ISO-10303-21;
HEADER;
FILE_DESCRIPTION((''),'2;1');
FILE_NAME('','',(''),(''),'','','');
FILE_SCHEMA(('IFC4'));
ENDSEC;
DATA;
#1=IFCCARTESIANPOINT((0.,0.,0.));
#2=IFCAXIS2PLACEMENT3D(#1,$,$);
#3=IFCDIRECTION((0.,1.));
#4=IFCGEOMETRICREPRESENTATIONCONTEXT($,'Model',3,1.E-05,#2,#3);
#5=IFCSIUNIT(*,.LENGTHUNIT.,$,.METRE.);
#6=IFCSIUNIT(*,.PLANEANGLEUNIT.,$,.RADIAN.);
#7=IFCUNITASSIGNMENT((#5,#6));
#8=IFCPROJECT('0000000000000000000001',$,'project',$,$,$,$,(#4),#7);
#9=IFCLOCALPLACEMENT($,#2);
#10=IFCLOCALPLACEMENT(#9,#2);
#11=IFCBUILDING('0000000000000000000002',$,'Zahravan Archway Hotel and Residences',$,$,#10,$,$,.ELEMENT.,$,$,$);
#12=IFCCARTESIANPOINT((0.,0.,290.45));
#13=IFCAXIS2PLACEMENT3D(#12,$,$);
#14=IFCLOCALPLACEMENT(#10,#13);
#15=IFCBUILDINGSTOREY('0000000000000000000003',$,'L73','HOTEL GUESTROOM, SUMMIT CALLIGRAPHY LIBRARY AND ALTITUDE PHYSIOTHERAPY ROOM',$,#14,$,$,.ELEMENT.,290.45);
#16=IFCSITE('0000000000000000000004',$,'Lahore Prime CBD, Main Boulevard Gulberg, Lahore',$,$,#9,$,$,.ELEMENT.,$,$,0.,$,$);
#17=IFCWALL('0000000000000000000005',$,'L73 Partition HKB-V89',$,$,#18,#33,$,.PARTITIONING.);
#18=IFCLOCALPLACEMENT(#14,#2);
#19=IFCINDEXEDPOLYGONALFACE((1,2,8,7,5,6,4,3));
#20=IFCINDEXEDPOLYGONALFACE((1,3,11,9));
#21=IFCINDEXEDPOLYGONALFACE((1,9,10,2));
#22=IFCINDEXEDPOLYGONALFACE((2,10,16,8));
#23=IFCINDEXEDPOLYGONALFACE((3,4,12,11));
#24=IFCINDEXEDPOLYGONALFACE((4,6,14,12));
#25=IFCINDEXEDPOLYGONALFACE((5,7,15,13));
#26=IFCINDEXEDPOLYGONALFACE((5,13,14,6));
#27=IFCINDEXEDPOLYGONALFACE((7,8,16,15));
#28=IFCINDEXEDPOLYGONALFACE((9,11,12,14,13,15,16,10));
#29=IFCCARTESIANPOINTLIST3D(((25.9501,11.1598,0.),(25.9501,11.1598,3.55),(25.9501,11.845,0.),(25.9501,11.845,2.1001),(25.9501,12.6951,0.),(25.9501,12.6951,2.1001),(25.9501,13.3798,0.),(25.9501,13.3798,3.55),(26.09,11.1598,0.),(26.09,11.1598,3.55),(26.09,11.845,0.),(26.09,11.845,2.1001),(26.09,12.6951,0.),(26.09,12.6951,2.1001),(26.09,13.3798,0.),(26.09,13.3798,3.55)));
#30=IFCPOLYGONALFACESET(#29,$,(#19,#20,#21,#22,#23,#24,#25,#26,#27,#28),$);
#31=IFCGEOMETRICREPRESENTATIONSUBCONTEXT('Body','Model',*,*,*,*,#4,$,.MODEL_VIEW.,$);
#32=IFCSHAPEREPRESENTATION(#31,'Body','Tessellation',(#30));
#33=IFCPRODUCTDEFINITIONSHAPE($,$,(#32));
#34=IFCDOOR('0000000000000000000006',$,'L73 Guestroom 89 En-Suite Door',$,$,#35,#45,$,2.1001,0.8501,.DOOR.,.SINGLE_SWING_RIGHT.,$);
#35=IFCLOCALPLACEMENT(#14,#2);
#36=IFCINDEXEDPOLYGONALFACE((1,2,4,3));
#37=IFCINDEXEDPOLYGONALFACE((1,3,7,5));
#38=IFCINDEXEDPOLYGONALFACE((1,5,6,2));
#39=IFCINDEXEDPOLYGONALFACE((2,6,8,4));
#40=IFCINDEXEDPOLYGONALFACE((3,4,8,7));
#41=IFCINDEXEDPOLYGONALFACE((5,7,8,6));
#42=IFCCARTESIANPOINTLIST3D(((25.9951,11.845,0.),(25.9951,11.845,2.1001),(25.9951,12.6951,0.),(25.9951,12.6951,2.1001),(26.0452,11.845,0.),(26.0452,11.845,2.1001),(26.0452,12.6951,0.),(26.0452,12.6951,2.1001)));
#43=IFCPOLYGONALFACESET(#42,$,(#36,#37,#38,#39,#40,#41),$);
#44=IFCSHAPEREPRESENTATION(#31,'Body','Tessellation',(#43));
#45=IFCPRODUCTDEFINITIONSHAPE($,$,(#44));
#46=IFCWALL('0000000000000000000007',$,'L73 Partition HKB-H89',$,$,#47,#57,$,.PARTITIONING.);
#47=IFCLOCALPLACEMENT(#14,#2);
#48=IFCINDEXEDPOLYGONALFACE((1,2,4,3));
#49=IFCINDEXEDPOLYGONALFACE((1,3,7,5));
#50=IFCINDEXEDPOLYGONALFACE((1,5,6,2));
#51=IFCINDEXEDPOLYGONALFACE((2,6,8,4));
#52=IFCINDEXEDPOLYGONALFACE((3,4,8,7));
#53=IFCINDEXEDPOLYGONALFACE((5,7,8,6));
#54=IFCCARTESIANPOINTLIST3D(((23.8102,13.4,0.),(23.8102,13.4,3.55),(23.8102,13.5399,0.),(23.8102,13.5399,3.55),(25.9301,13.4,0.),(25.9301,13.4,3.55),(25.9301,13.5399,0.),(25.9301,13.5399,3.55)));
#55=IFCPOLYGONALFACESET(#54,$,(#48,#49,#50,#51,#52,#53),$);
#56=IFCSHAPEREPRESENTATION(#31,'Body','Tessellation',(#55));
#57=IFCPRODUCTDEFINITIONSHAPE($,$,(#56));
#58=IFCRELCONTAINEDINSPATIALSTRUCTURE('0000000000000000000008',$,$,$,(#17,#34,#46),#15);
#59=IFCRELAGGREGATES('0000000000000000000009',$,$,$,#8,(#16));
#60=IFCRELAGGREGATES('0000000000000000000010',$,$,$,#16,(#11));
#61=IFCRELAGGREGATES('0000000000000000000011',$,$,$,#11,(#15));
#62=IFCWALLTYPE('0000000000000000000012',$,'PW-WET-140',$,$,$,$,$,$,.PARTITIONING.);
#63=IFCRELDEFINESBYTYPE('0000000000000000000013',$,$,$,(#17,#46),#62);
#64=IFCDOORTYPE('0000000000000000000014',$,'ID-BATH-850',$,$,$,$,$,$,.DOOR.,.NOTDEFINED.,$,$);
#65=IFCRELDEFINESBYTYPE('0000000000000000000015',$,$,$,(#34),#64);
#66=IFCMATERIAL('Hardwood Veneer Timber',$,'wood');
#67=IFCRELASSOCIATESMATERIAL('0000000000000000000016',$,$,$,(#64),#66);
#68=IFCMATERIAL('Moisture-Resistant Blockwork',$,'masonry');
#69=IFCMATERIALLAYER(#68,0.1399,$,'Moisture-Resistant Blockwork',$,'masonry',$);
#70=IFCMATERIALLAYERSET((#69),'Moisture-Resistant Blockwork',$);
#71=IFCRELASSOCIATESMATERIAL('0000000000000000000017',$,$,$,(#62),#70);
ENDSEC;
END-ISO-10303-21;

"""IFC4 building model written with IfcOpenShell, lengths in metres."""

from ifc_helpers import new_model, si_unit, direction, frame, frame_2d, origin, place, context, subcontext, project, spatial, rectangle, extrude, source, transform, mapped, material, layer, layer_set, type_object, type_shapes, element, fill, save


model = new_model("IFC4")

# Units and contexts
model_context = context("Model", 3, precision=1e-05, world=origin(), true_north=direction((0.0, 1.0)))
body_context = subcontext(model_context, "Body", "Model", "MODEL_VIEW")
ifc_project = project(units=[si_unit("LENGTHUNIT", "METRE"), si_unit("PLANEANGLEUNIT", "RADIAN")], contexts=[model_context])

# Site, building, storey
site_placement = place(None, origin())
site = spatial("IfcSite", under=ifc_project, at=site_placement, Name="Lahore Prime CBD, Main Boulevard Gulberg, Lahore", CompositionType="ELEMENT", RefElevation=0.0)
building_placement = place(site_placement, origin())
building = spatial("IfcBuilding", under=site, at=building_placement, Name="Zahravan Archway Hotel and Residences", CompositionType="ELEMENT")
storey_placement = place(building_placement, frame((0.0, 0.0, 290.45)))
storey = spatial("IfcBuildingStorey", under=building, at=storey_placement, Name="L73", Description="HOTEL GUESTROOM, SUMMIT CALLIGRAPHY LIBRARY AND ALTITUDE PHYSIOTHERAPY ROOM", CompositionType="ELEMENT", Elevation=290.45)

# Shared definitions
ifc_material_1 = material(Name="Hardwood Veneer Timber", Category="wood")
door_type_1 = type_object("IfcDoorType", Name="ID-BATH-850", OperationType="NOTDEFINED", PredefinedType="DOOR", material=ifc_material_1)
shared_shape_1 = source(origin(), body_context, "Body", "SweptSolid", [
    extrude(rectangle(XDim=0.8501, YDim=2.1001, at=frame_2d((0.425, 1.05))), frame((0.0, 0.0249, 0.0), z_axis=(0.0, -1.0, 0.0), x_axis=(1.0, 0.0, 0.0)), (0.0, 0.0, 1.0), 0.05),
])
type_shapes(door_type_1, [shared_shape_1])

# Shared definitions
ifc_material_2 = material(Name="Moisture-Resistant Blockwork", Category="masonry")
ifc_layer_1 = layer(ifc_material_2, 0.1399, Name="Moisture-Resistant Blockwork", Category="masonry")
ifc_layer_set_1 = layer_set([ifc_layer_1], Name="Moisture-Resistant Blockwork")
wall_type_1 = type_object("IfcWallType", Name="PW-WET-140", PredefinedType="PARTITIONING", material=ifc_layer_set_1)

# Wall, opening, door
wall_1_placement = place(storey_placement, frame((26.02, 11.1599, 0.0), z_axis=(0.0, 0.0, 1.0), x_axis=(0.0, 1.0, 0.0)))
wall_1 = element("IfcWall", 1, at=wall_1_placement, inside=storey, type_object=wall_type_1, Name="L73 Partition HKB-V89", PredefinedType="PARTITIONING", context=body_context, shape_type="SweptSolid", body=[
    extrude(rectangle(XDim=2.22, YDim=0.1399, at=frame_2d((1.1099, 0.0))), origin(), (0.0, 0.0, 1.0), 3.55),
])
opening_1_placement = place(wall_1_placement, frame((0.6851, 0.0, 0.0)))
opening_1 = element("IfcOpeningElement", 2, at=opening_1_placement, cuts=wall_1, PredefinedType="OPENING", context=body_context, shape_type="SweptSolid", body=[
    extrude(rectangle(XDim=0.8501, YDim=2.1001, at=frame_2d((0.425, 1.05))), frame((0.0, 0.0801, 0.0), z_axis=(0.0, -1.0, 0.0), x_axis=(1.0, 0.0, 0.0)), (0.0, 0.0, 1.0), 0.1599),
])
door_1_placement = place(opening_1_placement, origin())
door_1 = element("IfcDoor", 3, at=door_1_placement, inside=storey, type_object=door_type_1, Name="L73 Guestroom 89 En-Suite Door", OperationType="SINGLE_SWING_RIGHT", OverallHeight=2.1001, OverallWidth=0.8501, PredefinedType="DOOR", context=body_context, shape_type="MappedRepresentation", body=[
    mapped(shared_shape_1, transform((0.0, 0.0, 0.0), scale=1.0)),
])
fill(opening_1, door_1)

# Wall
wall_2_placement = place(storey_placement, frame((23.8101, 13.47, 0.0), z_axis=(0.0, 0.0, 1.0), x_axis=(1.0, 0.0, 0.0)))
element("IfcWall", 4, at=wall_2_placement, inside=storey, type_object=wall_type_1, Name="L73 Partition HKB-H89", PredefinedType="PARTITIONING", context=body_context, shape_type="SweptSolid", body=[
    extrude(rectangle(XDim=2.1199, YDim=0.1399, at=frame_2d((1.0601, 0.0))), origin(), (0.0, 0.0, 1.0), 3.55),
])

save(model, "model.ifc")
